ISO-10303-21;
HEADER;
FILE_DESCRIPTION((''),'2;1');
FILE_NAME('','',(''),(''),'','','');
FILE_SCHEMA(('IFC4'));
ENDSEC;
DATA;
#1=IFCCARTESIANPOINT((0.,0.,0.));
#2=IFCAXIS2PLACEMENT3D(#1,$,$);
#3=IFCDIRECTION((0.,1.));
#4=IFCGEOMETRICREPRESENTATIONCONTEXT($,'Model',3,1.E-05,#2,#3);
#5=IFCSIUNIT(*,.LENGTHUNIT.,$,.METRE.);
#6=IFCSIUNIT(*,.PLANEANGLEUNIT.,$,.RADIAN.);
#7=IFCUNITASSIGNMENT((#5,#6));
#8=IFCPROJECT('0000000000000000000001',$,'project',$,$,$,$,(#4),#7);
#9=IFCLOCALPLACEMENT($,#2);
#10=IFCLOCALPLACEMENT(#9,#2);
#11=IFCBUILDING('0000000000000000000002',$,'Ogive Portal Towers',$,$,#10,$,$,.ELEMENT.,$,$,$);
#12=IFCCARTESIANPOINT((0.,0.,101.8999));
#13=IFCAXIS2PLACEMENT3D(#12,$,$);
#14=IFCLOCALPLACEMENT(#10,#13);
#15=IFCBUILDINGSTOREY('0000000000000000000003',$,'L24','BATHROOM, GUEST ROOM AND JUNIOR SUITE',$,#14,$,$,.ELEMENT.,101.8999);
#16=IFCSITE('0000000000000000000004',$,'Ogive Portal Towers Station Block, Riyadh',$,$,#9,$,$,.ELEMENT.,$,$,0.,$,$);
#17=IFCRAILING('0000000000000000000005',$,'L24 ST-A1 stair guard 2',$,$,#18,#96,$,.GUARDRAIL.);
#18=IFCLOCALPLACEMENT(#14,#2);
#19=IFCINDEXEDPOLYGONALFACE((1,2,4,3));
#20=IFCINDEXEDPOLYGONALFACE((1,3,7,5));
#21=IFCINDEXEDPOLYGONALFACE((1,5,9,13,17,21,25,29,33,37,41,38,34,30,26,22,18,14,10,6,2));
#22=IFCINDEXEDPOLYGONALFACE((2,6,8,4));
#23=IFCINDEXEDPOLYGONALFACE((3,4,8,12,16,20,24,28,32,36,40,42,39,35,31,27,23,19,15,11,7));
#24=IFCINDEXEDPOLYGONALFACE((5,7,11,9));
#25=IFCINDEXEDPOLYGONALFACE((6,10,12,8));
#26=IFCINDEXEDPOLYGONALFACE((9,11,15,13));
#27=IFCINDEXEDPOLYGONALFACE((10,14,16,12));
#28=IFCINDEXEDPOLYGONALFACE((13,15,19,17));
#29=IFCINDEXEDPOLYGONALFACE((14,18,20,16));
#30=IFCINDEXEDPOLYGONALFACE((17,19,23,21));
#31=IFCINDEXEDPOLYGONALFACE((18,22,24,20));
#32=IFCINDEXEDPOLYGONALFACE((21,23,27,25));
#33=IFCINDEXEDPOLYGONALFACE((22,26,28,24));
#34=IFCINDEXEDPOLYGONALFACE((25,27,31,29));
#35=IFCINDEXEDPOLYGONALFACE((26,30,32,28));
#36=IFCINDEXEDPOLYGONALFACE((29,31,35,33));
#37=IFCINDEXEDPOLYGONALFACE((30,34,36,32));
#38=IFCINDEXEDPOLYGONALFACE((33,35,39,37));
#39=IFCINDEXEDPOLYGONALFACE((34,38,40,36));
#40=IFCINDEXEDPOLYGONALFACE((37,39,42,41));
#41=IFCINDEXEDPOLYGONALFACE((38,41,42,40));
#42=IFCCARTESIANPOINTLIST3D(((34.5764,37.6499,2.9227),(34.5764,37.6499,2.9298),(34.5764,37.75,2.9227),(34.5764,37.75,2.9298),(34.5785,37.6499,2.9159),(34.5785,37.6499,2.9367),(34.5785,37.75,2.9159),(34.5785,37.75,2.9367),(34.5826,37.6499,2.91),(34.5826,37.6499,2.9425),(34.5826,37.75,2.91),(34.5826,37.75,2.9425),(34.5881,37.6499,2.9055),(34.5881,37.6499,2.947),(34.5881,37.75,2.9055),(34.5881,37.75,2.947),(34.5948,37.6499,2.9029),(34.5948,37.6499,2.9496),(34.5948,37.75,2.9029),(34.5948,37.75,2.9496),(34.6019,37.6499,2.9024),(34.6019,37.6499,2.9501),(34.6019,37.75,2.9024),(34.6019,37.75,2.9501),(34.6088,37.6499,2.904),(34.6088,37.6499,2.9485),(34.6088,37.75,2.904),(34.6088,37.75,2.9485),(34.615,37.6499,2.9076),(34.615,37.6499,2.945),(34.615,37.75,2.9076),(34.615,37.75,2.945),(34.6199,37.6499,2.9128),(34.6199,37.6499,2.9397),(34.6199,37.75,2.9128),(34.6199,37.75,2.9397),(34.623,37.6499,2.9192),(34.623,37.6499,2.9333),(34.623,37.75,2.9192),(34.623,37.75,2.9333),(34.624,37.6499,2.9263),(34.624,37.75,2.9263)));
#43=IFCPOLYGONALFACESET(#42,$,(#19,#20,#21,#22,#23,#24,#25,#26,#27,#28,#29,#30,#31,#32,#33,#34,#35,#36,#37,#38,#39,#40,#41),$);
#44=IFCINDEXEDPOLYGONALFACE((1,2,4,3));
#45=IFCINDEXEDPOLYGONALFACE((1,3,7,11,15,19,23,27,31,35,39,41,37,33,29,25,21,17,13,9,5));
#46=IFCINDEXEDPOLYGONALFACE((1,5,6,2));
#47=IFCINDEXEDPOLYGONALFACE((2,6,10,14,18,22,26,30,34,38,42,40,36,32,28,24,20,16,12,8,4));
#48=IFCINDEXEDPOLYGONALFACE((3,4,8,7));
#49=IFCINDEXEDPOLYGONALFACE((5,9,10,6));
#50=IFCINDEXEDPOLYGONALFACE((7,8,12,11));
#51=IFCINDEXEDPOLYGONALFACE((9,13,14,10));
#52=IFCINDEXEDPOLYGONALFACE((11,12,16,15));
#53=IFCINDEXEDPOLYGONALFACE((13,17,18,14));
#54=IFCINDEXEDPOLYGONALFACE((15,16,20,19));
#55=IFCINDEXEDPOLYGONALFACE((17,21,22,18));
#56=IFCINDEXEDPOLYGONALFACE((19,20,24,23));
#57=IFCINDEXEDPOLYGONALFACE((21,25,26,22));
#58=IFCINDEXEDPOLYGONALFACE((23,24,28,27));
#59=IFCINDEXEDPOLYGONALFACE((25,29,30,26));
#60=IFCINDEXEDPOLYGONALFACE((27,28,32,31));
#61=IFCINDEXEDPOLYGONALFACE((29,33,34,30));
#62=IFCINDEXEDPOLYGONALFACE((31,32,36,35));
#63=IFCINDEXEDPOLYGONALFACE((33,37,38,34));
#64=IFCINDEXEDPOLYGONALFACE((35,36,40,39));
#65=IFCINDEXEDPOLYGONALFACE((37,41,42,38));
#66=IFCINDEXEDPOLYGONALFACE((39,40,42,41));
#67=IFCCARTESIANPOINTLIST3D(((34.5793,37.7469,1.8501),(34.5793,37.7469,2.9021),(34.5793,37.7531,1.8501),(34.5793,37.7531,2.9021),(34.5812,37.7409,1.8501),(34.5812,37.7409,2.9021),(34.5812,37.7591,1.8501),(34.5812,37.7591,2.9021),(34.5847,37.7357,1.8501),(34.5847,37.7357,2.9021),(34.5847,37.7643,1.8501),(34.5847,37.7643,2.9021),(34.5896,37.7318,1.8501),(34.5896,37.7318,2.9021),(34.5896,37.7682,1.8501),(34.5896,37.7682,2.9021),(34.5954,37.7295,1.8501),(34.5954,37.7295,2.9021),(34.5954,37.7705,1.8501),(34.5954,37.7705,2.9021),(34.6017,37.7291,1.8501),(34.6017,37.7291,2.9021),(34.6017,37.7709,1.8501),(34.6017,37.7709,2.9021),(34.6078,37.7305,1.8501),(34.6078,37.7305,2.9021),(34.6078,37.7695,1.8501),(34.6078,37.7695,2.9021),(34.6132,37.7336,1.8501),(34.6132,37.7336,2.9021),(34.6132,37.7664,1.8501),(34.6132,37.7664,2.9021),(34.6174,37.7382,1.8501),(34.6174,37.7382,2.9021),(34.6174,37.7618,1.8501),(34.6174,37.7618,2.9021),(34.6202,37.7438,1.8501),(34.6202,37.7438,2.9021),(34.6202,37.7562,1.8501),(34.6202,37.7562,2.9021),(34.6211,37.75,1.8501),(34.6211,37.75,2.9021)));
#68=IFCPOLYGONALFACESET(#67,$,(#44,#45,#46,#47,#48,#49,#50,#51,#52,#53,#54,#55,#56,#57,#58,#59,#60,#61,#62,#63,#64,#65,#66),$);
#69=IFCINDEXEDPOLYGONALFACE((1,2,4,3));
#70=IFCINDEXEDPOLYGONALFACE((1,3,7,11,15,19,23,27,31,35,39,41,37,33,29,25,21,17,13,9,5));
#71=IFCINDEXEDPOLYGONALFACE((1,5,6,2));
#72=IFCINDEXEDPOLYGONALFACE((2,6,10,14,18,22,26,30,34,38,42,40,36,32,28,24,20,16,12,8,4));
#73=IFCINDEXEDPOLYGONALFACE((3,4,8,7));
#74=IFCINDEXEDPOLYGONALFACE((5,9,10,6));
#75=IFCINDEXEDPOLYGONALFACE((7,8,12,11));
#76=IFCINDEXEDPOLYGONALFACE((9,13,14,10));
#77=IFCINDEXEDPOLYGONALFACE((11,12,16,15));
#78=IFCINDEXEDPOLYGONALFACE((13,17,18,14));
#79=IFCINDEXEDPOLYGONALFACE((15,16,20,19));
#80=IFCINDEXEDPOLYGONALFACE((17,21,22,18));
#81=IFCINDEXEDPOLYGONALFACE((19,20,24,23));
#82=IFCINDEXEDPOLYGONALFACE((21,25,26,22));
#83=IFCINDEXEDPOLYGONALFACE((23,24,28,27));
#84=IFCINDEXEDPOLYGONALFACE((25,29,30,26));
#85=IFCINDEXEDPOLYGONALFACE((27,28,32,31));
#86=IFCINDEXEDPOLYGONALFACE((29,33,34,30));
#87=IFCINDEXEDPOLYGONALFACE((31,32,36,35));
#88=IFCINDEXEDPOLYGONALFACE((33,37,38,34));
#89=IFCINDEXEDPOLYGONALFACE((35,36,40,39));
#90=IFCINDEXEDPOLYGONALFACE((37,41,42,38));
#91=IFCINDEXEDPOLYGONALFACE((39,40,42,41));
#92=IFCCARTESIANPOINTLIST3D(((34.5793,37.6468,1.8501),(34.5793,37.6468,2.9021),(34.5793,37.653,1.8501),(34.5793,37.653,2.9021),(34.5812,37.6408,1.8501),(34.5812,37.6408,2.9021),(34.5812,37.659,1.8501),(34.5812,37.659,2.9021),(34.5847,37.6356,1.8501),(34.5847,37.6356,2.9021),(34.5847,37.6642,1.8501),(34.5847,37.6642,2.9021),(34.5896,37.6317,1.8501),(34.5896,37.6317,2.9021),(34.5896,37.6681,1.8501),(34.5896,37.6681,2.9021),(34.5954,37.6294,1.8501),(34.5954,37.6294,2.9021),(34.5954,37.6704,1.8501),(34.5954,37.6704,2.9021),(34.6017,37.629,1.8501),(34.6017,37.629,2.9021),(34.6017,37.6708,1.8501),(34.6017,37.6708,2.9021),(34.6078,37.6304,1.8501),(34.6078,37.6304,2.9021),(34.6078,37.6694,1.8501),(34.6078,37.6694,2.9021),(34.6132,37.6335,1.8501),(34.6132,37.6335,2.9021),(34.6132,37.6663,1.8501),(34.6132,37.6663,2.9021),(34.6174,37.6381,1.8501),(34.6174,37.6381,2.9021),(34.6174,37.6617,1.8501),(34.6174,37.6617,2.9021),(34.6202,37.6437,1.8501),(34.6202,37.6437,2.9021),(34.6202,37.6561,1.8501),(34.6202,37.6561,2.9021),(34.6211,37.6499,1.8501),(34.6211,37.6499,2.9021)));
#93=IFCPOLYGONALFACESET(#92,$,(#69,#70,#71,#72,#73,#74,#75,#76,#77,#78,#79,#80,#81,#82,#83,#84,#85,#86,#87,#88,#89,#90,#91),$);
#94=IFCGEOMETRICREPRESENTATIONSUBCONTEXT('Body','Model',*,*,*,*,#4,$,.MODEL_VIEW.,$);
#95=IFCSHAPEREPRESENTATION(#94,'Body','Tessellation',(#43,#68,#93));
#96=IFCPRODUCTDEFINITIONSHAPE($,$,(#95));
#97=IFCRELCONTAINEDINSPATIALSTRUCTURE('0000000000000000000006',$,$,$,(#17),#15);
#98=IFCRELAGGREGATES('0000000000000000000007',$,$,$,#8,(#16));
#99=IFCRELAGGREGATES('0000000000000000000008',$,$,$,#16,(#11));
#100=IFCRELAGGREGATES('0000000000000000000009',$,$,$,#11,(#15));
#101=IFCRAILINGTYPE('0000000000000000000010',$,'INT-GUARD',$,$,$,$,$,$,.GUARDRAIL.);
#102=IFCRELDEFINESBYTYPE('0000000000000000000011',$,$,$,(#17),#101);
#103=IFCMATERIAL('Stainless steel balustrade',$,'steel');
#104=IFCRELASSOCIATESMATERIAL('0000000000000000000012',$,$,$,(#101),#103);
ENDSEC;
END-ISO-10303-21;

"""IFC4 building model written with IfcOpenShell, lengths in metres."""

from ifc_helpers import new_model, si_unit, direction, frame, origin, origin_2d, place, context, subcontext, project, spatial, circle, extrude, material, type_object, element, save


model = new_model("IFC4")

# Units and contexts
model_context = context("Model", 3, precision=1e-05, world=origin(), true_north=direction((0.0, 1.0)))
body_context = subcontext(model_context, "Body", "Model", "MODEL_VIEW")
ifc_project = project(units=[si_unit("LENGTHUNIT", "METRE"), si_unit("PLANEANGLEUNIT", "RADIAN")], contexts=[model_context])

# Site, building, storey
site_placement = place(None, origin())
site = spatial("IfcSite", under=ifc_project, at=site_placement, Name="Ogive Portal Towers Station Block, Riyadh", CompositionType="ELEMENT", RefElevation=0.0)
building_placement = place(site_placement, origin())
building = spatial("IfcBuilding", under=site, at=building_placement, Name="Ogive Portal Towers", CompositionType="ELEMENT")
storey_placement = place(building_placement, frame((0.0, 0.0, 101.8999)))
storey = spatial("IfcBuildingStorey", under=building, at=storey_placement, Name="L24", Description="BATHROOM, GUEST ROOM AND JUNIOR SUITE", CompositionType="ELEMENT", Elevation=101.8999)

# Railing
ifc_material_1 = material(Name="Stainless steel balustrade", Category="steel")
railing_type_1 = type_object("IfcRailingType", Name="INT-GUARD", PredefinedType="GUARDRAIL", material=ifc_material_1)
railing_1_placement = place(storey_placement, frame((34.6001, 37.75, 1.8501)))
element("IfcRailing", 1, at=railing_1_placement, inside=storey, type_object=railing_type_1, Name="L24 ST-A1 stair guard 2", PredefinedType="GUARDRAIL", context=body_context, shape_type="SweptSolid", body=[
    extrude(circle(Radius=0.0239, at=origin_2d()), frame((0.0, 0.0, 1.0762), z_axis=(0.0, -1.0, 0.0), x_axis=(1.0, 0.0, 0.0)), (0.0, 0.0, 1.0), 0.1001),
    extrude(circle(Radius=0.021, at=origin_2d()), origin(), (0.0, 0.0, 1.0), 1.052),
    extrude(circle(Radius=0.021, at=origin_2d()), frame((0.0, -0.1001, 0.0)), (0.0, 0.0, 1.0), 1.052),
])

save(model, "model.ifc")
